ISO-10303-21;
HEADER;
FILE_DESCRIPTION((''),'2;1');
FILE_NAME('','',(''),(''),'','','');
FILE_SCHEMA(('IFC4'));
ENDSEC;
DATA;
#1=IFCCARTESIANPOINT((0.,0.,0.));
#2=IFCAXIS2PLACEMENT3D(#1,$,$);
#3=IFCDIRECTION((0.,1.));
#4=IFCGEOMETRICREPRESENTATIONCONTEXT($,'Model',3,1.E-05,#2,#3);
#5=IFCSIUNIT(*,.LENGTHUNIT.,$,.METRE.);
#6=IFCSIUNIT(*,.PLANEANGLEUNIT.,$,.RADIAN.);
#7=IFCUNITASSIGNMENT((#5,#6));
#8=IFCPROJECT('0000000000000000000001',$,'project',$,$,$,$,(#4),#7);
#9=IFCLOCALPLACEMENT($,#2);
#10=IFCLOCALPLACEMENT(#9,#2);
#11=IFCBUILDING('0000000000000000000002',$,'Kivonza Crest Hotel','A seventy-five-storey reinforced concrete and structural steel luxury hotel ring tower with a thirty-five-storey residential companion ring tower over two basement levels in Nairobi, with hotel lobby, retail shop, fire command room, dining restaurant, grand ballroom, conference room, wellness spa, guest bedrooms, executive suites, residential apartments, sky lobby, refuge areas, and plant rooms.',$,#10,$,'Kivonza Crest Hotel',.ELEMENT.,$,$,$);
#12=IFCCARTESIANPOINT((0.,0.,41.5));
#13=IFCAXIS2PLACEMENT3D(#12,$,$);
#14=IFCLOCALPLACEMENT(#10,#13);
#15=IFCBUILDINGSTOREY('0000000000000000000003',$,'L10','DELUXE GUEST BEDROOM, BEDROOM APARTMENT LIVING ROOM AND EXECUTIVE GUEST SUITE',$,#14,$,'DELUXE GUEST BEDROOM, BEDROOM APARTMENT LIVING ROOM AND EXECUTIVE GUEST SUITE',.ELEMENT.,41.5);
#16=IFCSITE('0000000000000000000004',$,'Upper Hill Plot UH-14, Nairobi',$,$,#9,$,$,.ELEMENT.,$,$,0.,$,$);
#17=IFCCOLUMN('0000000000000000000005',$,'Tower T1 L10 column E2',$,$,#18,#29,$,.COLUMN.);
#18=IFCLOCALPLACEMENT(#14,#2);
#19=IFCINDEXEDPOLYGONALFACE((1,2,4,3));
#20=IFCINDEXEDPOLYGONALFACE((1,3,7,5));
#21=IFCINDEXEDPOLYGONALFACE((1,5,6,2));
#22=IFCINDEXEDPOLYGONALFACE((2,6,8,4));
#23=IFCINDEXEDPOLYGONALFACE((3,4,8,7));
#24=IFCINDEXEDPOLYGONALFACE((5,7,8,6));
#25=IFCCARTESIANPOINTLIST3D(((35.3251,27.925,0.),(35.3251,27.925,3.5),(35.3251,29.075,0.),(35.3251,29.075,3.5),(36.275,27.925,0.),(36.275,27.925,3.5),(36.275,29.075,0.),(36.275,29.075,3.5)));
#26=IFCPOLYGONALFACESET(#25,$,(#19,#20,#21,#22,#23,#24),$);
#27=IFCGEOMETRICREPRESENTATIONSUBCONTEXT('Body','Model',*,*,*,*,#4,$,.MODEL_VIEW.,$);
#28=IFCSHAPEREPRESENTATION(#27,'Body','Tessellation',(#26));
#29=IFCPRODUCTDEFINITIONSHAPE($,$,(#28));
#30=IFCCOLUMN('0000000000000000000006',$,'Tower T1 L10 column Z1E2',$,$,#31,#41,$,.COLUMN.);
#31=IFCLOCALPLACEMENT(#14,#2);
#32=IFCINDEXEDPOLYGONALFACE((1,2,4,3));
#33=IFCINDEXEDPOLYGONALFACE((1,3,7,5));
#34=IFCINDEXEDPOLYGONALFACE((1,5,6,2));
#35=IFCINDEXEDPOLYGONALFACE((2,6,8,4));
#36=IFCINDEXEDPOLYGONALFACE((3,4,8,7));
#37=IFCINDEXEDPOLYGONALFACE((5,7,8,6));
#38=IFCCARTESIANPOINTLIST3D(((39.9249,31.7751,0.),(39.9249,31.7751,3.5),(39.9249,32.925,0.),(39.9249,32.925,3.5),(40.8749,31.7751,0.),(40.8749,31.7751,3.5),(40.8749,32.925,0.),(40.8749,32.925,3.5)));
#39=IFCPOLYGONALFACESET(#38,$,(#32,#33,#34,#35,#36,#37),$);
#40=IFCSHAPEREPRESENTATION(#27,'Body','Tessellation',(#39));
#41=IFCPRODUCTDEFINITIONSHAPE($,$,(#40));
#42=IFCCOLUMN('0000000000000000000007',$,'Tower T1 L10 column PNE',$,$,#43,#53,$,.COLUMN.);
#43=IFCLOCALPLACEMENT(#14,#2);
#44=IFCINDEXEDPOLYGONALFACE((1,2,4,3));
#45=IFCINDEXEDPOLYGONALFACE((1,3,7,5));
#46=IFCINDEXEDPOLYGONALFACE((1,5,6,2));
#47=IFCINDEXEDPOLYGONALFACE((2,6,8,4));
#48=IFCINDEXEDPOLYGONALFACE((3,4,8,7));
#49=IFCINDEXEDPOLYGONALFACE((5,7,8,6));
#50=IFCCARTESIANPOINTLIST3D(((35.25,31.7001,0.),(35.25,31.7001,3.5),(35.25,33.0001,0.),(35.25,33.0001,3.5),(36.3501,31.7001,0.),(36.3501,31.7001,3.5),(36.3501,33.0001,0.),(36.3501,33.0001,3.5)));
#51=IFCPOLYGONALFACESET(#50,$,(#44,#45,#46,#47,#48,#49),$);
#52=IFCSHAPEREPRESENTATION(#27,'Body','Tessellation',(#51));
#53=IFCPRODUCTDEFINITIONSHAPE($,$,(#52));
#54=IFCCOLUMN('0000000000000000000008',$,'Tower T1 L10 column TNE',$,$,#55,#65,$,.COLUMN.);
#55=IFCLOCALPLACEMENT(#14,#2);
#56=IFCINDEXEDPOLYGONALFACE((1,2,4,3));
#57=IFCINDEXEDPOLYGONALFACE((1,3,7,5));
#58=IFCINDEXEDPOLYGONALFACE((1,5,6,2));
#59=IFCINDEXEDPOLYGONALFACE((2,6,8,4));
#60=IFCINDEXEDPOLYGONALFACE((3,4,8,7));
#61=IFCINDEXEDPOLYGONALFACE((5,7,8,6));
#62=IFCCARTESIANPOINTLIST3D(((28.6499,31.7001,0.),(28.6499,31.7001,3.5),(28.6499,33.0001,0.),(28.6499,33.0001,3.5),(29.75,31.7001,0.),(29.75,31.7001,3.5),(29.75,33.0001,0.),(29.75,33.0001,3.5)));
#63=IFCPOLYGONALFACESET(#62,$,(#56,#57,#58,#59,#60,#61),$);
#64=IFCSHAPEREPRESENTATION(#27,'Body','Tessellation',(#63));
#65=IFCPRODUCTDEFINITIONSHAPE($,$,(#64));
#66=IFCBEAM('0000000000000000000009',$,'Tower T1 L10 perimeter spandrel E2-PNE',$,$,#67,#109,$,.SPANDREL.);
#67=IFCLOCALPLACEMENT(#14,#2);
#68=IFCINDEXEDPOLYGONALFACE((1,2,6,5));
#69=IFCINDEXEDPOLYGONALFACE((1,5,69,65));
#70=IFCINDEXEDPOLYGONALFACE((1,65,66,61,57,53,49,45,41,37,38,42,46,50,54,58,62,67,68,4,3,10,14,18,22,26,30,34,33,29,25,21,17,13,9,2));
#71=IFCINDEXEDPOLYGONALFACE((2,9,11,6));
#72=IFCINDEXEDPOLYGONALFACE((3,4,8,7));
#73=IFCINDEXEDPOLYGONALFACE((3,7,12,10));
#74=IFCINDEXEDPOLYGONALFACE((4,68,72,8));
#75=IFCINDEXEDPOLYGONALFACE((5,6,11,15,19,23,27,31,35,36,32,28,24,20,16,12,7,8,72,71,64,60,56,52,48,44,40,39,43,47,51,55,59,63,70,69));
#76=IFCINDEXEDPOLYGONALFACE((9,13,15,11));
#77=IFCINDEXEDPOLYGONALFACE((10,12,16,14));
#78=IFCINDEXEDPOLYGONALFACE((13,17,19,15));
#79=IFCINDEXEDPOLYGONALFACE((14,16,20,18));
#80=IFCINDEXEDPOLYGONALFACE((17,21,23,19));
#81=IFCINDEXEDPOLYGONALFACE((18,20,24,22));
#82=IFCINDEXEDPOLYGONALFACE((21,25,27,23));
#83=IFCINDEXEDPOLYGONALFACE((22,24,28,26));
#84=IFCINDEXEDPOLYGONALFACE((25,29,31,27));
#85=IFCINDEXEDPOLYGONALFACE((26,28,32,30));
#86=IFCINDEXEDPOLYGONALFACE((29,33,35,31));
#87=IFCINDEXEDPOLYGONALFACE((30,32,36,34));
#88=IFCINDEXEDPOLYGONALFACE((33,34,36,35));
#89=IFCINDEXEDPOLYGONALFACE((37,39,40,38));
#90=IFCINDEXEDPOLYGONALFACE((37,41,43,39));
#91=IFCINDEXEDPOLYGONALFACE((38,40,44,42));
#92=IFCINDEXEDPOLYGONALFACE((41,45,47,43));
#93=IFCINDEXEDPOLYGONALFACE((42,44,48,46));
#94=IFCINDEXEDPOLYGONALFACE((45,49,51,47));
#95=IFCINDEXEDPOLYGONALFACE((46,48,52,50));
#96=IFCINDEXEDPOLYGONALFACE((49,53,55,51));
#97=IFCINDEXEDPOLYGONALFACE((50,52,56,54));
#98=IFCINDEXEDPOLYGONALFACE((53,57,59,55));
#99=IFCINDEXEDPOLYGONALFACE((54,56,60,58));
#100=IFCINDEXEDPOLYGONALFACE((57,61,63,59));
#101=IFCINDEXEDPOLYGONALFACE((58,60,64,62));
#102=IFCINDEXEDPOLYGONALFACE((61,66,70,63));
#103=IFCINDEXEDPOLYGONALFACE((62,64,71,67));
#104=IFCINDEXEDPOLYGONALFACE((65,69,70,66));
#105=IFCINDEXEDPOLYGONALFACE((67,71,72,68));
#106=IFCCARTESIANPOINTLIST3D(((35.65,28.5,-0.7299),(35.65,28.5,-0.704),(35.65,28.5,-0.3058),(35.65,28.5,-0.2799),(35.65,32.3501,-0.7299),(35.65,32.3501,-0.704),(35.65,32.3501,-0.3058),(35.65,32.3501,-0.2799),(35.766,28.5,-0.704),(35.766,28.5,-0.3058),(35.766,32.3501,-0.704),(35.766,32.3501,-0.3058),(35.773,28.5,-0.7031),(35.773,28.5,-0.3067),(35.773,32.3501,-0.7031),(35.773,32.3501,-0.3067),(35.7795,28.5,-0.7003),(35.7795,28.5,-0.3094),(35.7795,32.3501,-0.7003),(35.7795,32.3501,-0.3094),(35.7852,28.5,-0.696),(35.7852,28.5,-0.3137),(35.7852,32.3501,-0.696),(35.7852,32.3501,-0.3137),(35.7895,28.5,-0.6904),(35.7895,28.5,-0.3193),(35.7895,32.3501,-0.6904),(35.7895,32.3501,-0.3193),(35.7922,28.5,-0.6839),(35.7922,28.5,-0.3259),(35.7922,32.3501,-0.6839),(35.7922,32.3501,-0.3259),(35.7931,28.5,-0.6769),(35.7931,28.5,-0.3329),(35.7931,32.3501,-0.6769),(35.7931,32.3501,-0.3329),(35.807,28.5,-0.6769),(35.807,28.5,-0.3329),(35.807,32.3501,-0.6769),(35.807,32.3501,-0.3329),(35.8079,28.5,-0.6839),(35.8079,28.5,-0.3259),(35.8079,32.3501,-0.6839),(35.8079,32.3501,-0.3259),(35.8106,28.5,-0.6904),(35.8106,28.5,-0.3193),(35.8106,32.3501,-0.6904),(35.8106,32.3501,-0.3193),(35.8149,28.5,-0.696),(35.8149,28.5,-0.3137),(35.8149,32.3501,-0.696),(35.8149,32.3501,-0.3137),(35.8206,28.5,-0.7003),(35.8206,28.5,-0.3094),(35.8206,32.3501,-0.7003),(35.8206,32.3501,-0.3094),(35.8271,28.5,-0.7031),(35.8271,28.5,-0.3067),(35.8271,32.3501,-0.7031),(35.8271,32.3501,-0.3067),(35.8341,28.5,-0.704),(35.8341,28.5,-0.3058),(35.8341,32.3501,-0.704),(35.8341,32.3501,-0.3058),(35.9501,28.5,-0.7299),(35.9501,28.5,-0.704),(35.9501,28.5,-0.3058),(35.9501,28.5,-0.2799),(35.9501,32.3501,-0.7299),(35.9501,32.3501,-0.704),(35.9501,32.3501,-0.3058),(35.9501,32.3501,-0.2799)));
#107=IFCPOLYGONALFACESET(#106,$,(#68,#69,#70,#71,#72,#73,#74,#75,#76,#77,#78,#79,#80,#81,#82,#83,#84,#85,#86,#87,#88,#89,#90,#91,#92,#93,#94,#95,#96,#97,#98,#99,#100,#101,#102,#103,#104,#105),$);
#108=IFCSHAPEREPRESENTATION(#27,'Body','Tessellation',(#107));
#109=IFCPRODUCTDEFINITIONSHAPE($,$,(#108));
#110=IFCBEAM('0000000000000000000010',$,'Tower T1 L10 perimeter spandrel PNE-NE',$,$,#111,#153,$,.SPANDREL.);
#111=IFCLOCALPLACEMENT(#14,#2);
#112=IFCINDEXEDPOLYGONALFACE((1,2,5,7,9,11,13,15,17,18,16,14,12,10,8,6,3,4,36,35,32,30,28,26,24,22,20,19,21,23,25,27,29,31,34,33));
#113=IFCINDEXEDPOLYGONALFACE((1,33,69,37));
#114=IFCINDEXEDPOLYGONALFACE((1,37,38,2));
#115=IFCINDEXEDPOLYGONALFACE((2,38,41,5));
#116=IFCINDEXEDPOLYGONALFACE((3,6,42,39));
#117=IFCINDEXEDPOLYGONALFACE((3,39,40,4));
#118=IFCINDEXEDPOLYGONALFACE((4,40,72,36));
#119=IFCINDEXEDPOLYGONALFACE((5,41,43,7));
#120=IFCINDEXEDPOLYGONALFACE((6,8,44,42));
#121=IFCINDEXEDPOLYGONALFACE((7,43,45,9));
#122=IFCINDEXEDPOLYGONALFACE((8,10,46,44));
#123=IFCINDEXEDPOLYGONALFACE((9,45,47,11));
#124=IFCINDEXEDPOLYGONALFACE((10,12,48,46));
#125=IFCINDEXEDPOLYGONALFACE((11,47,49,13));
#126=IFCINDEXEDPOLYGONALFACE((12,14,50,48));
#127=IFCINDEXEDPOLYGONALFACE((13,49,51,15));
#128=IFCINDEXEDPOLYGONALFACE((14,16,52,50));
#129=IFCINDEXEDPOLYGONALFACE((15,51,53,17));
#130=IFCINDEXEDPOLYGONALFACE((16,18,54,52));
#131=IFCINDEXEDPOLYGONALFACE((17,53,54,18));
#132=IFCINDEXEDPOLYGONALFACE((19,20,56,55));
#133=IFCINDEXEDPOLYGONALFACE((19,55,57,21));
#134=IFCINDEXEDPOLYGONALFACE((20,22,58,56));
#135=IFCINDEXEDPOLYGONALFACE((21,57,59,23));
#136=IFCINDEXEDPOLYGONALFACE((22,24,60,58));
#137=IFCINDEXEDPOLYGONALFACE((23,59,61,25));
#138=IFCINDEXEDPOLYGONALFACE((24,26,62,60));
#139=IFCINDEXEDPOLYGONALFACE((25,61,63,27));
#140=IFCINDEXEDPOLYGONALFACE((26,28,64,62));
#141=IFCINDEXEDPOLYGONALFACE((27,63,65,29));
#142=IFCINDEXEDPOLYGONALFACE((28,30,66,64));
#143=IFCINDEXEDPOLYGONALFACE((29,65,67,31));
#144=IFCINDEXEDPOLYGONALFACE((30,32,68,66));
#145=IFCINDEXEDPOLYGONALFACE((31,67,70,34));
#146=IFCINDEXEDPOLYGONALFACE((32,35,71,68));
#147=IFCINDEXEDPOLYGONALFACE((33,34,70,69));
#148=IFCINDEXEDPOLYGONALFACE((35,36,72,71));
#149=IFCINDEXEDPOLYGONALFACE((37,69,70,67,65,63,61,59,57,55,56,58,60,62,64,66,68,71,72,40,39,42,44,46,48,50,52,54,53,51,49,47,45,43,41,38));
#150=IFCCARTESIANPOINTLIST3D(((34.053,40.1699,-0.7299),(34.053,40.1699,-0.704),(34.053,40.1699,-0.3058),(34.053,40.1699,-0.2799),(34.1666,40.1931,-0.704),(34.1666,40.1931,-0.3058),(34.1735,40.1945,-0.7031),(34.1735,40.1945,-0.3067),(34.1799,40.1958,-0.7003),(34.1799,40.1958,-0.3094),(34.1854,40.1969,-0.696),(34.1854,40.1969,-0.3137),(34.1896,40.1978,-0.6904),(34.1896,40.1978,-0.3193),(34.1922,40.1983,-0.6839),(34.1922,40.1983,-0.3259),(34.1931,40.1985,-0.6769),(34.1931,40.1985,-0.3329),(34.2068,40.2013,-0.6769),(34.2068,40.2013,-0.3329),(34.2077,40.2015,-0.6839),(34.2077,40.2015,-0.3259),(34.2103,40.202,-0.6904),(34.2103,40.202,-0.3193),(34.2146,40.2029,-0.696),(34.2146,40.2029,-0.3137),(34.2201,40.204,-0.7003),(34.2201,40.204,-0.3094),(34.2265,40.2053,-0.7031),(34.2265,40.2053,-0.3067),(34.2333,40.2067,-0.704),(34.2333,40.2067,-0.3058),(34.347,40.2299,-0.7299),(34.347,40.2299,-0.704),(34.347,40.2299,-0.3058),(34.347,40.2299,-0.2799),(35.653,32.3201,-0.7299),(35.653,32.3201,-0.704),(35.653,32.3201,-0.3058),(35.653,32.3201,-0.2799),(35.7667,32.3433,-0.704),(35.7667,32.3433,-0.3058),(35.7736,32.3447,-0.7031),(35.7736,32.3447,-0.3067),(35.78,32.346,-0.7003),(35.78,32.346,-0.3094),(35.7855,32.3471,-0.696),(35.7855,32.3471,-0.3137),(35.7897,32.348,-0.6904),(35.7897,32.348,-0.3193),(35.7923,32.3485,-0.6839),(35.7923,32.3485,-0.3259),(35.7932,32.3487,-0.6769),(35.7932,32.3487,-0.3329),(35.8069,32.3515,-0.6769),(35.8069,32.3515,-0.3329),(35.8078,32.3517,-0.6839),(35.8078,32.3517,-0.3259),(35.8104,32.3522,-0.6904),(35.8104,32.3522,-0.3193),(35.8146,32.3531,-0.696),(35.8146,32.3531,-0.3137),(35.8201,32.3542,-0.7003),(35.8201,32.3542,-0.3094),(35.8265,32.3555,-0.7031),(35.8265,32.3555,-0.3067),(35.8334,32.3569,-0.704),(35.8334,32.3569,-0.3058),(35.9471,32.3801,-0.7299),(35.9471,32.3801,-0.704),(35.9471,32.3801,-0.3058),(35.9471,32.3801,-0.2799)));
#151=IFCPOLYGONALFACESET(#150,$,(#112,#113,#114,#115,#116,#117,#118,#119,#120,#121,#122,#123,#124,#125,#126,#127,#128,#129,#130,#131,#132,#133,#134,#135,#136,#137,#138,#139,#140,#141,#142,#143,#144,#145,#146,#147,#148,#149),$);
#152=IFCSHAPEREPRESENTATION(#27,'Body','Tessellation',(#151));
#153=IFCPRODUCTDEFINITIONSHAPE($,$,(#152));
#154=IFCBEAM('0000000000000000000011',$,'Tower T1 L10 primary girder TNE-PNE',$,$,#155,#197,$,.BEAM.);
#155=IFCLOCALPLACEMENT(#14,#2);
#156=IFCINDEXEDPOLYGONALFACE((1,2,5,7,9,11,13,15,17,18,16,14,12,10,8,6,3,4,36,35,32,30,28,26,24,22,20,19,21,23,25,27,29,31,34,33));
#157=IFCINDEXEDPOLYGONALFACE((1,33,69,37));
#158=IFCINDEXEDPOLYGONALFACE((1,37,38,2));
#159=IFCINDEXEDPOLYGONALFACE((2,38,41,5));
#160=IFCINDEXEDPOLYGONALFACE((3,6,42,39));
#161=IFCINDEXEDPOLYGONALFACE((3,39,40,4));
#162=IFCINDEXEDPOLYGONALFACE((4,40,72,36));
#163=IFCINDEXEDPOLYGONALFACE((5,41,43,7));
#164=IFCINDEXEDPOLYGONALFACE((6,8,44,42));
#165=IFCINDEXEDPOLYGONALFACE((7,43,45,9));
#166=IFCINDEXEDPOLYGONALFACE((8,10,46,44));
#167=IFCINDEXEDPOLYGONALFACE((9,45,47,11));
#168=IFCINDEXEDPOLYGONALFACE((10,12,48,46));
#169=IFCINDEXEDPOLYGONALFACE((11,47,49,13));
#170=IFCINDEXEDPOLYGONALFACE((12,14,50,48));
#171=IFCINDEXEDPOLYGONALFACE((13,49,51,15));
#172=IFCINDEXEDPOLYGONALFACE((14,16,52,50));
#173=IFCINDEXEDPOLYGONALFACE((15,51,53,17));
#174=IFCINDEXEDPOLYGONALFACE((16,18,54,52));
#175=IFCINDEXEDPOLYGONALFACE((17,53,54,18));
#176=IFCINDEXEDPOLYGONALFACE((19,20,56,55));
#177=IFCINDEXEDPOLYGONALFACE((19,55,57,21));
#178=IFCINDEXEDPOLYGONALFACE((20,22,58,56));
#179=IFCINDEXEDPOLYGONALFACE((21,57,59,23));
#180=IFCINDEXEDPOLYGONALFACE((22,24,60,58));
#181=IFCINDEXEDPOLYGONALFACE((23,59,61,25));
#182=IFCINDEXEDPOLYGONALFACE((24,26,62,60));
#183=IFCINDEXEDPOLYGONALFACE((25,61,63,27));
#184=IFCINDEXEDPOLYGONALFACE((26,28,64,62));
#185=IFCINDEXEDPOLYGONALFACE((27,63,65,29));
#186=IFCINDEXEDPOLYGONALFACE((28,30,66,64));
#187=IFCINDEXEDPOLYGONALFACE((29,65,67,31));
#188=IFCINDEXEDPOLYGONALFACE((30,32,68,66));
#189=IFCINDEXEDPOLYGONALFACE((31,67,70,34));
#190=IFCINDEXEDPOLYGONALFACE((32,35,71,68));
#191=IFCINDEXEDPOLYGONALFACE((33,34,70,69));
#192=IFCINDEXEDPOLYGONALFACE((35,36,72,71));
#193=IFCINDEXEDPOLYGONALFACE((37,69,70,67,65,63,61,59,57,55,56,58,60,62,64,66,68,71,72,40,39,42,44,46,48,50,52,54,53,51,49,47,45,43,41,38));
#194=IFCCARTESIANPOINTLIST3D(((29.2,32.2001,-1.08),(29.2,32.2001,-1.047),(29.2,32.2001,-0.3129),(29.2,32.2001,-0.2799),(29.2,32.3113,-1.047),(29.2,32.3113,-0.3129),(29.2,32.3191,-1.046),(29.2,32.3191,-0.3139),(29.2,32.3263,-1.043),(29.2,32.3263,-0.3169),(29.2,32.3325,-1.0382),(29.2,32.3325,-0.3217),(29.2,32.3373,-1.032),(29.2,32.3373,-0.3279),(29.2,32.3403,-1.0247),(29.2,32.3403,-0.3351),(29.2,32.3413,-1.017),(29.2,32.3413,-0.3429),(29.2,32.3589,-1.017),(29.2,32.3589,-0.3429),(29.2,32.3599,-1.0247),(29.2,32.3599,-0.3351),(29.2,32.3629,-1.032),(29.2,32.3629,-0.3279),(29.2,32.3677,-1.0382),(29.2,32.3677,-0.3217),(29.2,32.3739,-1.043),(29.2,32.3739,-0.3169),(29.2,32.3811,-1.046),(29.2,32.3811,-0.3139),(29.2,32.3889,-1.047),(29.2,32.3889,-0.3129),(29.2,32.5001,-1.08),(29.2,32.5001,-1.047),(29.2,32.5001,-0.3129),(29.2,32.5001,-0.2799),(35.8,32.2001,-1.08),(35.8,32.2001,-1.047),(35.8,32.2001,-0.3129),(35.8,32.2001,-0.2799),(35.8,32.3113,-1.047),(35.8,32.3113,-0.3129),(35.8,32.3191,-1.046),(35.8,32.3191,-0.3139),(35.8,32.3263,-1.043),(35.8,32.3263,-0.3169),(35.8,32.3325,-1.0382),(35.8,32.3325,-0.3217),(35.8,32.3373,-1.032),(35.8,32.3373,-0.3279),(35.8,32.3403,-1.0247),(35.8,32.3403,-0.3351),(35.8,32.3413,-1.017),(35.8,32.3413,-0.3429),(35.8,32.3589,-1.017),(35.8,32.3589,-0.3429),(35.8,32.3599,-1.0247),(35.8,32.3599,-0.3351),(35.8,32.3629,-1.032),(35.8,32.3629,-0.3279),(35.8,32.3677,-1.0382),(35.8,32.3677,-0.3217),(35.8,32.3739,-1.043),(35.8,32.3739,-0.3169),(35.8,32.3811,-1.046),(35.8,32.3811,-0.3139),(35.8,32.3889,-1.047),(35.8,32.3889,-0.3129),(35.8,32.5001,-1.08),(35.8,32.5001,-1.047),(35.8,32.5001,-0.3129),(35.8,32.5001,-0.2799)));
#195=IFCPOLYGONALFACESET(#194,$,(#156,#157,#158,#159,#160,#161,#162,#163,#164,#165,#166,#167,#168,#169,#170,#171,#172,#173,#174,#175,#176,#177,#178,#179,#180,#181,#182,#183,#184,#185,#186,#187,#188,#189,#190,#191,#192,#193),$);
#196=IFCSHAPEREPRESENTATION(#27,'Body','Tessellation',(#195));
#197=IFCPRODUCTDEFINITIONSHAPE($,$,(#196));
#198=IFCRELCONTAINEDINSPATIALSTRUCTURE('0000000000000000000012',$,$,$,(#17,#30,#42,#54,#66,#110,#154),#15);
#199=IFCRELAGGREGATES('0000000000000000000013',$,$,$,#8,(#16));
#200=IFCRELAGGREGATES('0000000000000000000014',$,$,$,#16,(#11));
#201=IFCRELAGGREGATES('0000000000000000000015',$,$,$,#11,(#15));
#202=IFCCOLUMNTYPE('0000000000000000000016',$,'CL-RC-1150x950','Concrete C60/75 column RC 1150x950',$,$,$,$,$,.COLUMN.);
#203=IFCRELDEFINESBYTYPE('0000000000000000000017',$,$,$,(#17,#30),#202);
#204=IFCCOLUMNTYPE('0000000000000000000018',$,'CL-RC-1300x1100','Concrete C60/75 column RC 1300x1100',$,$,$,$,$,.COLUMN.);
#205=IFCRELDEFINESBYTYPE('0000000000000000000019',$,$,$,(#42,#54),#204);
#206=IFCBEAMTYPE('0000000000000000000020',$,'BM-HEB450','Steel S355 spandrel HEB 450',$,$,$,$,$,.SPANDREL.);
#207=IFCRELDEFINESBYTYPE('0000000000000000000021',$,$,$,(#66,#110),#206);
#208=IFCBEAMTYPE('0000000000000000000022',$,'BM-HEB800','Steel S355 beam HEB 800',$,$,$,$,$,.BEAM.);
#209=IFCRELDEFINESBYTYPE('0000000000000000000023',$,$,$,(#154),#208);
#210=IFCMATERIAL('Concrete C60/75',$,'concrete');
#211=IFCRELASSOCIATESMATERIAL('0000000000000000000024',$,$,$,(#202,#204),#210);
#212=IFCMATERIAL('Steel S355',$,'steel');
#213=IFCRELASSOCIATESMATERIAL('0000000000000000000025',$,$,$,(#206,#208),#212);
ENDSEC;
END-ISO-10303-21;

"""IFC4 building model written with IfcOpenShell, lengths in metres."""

from ifc_helpers import new_model, si_unit, direction, frame, origin, origin_2d, place, context, subcontext, project, spatial, rectangle, i_section, extrude, material, material_profile, profile_set, type_object, element, save


model = new_model("IFC4")

# Units and contexts
model_context = context("Model", 3, precision=1e-05, world=origin(), true_north=direction((0.0, 1.0)))
body_context = subcontext(model_context, "Body", "Model", "MODEL_VIEW")
ifc_project = project(units=[si_unit("LENGTHUNIT", "METRE"), si_unit("PLANEANGLEUNIT", "RADIAN")], contexts=[model_context])

# Site, building, storey
site_placement = place(None, origin())
site = spatial("IfcSite", under=ifc_project, at=site_placement, Name="Upper Hill Plot UH-14, Nairobi", CompositionType="ELEMENT", RefElevation=0.0)
building_placement = place(site_placement, origin())
building = spatial("IfcBuilding", under=site, at=building_placement, Name="Kivonza Crest Hotel", Description="A seventy-five-storey reinforced concrete and structural steel luxury hotel ring tower with a thirty-five-storey residential companion ring tower over two basement levels in Nairobi, with hotel lobby, retail shop, fire command room, dining restaurant, grand ballroom, conference room, wellness spa, guest bedrooms, executive suites, residential apartments, sky lobby, refuge areas, and plant rooms.", LongName="Kivonza Crest Hotel", CompositionType="ELEMENT")
storey_placement = place(building_placement, frame((0.0, 0.0, 41.5)))
storey = spatial("IfcBuildingStorey", under=building, at=storey_placement, Name="L10", Description="DELUXE GUEST BEDROOM, BEDROOM APARTMENT LIVING ROOM AND EXECUTIVE GUEST SUITE", LongName="DELUXE GUEST BEDROOM, BEDROOM APARTMENT LIVING ROOM AND EXECUTIVE GUEST SUITE", CompositionType="ELEMENT", Elevation=41.5)

# Columns
ifc_material_1 = material(Name="Concrete C60/75", Category="concrete")
ifc_material_profile_1 = material_profile(ifc_material_1, rectangle(XDim=0.95, YDim=1.1499, at=origin_2d()), Name="RC 1150x950")
ifc_profile_set_1 = profile_set([ifc_material_profile_1], Name="Concrete C60/75")
column_type_1 = type_object("IfcColumnType", Name="CL-RC-1150x950", Description="Concrete C60/75 column RC 1150x950", PredefinedType="COLUMN", material=ifc_profile_set_1)
for number, where, z_axis, x_axis, name in (
    (1, (35.8, 28.5, 0.0), (0.0, 0.0, 1.0), (1.0, 0.0, 0.0), "Tower T1 L10 column E2"),
    (2, (40.3999, 32.3501, 0.0), (0.0, 0.0, 1.0), (1.0, 0.0, 0.0), "Tower T1 L10 column Z1E2"),
):
    element("IfcColumn", number, at=place(storey_placement, frame(where, z_axis=z_axis, x_axis=x_axis)), inside=storey, type_object=column_type_1, Name=name, PredefinedType="COLUMN", context=body_context, shape_type="SweptSolid", body=[
        extrude(rectangle(XDim=0.95, YDim=1.1499, at=origin_2d()), origin(), (0.0, 0.0, 1.0), 3.5),
    ])
ifc_material_profile_2 = material_profile(ifc_material_1, rectangle(XDim=1.1001, YDim=1.3, at=origin_2d()), Name="RC 1300x1100")
ifc_profile_set_2 = profile_set([ifc_material_profile_2], Name="Concrete C60/75")
column_type_2 = type_object("IfcColumnType", Name="CL-RC-1300x1100", Description="Concrete C60/75 column RC 1300x1100", PredefinedType="COLUMN", material=ifc_profile_set_2)
for number, where, z_axis, x_axis, name in (
    (3, (35.8, 32.3501, 0.0), (0.0, 0.0, 1.0), (1.0, 0.0, 0.0), "Tower T1 L10 column PNE"),
    (4, (29.2, 32.3501, 0.0), (0.0, 0.0, 1.0), (1.0, 0.0, 0.0), "Tower T1 L10 column TNE"),
):
    element("IfcColumn", number, at=place(storey_placement, frame(where, z_axis=z_axis, x_axis=x_axis)), inside=storey, type_object=column_type_2, Name=name, PredefinedType="COLUMN", context=body_context, shape_type="SweptSolid", body=[
        extrude(rectangle(XDim=1.1001, YDim=1.3, at=origin_2d()), origin(), (0.0, 0.0, 1.0), 3.5),
    ])

# Beams
ifc_material_2 = material(Name="Steel S355", Category="steel")
ifc_material_profile_3 = material_profile(ifc_material_2, i_section(OverallWidth=0.3, OverallDepth=0.45, WebThickness=0.0139, FlangeThickness=0.0259, FilletRadius=0.0271, at=origin_2d()), Name="HEB 450")
ifc_profile_set_3 = profile_set([ifc_material_profile_3], Name="Steel S355")
beam_type_1 = type_object("IfcBeamType", Name="BM-HEB450", Description="Steel S355 spandrel HEB 450", PredefinedType="SPANDREL", material=ifc_profile_set_3)
beam_1_placement = place(storey_placement, frame((35.8, 28.5, -0.5049), z_axis=(0.0, 1.0, 0.0), x_axis=(-1.0, 0.0, 0.0)))
element("IfcBeam", 5, at=beam_1_placement, inside=storey, type_object=beam_type_1, Name="Tower T1 L10 perimeter spandrel E2-PNE", PredefinedType="SPANDREL", context=body_context, shape_type="SweptSolid", body=[
    extrude(i_section(OverallWidth=0.3, OverallDepth=0.45, WebThickness=0.0139, FlangeThickness=0.0259, FilletRadius=0.0271, at=origin_2d()), origin(), (0.0, 0.0, 1.0), 3.8501),
])
beam_2_placement = place(storey_placement, frame((35.8, 32.3501, -0.5049), z_axis=(-0.199731, 0.979851, 0.0), x_axis=(-0.979851, -0.199731, 0.0)))
element("IfcBeam", 6, at=beam_2_placement, inside=storey, type_object=beam_type_1, Name="Tower T1 L10 perimeter spandrel PNE-NE", PredefinedType="SPANDREL", context=body_context, shape_type="SweptSolid", body=[
    extrude(i_section(OverallWidth=0.3, OverallDepth=0.45, WebThickness=0.0139, FlangeThickness=0.0259, FilletRadius=0.0271, at=origin_2d()), origin(), (0.0, 0.0, 1.0), 8.0112),
])
ifc_material_profile_4 = material_profile(ifc_material_2, i_section(OverallWidth=0.3, OverallDepth=0.8, WebThickness=0.0176, FlangeThickness=0.033, FilletRadius=0.03, at=origin_2d()), Name="HEB 800")
ifc_profile_set_4 = profile_set([ifc_material_profile_4], Name="Steel S355")
beam_type_2 = type_object("IfcBeamType", Name="BM-HEB800", Description="Steel S355 beam HEB 800", PredefinedType="BEAM", material=ifc_profile_set_4)
beam_3_placement = place(storey_placement, frame((29.2, 32.3501, -0.6799), z_axis=(1.0, 0.0, 0.0), x_axis=(0.0, 1.0, 0.0)))
element("IfcBeam", 7, at=beam_3_placement, inside=storey, type_object=beam_type_2, Name="Tower T1 L10 primary girder TNE-PNE", PredefinedType="BEAM", context=body_context, shape_type="SweptSolid", body=[
    extrude(i_section(OverallWidth=0.3, OverallDepth=0.8, WebThickness=0.0176, FlangeThickness=0.033, FilletRadius=0.03, at=origin_2d()), origin(), (0.0, 0.0, 1.0), 6.6001),
])

save(model, "model.ifc")
